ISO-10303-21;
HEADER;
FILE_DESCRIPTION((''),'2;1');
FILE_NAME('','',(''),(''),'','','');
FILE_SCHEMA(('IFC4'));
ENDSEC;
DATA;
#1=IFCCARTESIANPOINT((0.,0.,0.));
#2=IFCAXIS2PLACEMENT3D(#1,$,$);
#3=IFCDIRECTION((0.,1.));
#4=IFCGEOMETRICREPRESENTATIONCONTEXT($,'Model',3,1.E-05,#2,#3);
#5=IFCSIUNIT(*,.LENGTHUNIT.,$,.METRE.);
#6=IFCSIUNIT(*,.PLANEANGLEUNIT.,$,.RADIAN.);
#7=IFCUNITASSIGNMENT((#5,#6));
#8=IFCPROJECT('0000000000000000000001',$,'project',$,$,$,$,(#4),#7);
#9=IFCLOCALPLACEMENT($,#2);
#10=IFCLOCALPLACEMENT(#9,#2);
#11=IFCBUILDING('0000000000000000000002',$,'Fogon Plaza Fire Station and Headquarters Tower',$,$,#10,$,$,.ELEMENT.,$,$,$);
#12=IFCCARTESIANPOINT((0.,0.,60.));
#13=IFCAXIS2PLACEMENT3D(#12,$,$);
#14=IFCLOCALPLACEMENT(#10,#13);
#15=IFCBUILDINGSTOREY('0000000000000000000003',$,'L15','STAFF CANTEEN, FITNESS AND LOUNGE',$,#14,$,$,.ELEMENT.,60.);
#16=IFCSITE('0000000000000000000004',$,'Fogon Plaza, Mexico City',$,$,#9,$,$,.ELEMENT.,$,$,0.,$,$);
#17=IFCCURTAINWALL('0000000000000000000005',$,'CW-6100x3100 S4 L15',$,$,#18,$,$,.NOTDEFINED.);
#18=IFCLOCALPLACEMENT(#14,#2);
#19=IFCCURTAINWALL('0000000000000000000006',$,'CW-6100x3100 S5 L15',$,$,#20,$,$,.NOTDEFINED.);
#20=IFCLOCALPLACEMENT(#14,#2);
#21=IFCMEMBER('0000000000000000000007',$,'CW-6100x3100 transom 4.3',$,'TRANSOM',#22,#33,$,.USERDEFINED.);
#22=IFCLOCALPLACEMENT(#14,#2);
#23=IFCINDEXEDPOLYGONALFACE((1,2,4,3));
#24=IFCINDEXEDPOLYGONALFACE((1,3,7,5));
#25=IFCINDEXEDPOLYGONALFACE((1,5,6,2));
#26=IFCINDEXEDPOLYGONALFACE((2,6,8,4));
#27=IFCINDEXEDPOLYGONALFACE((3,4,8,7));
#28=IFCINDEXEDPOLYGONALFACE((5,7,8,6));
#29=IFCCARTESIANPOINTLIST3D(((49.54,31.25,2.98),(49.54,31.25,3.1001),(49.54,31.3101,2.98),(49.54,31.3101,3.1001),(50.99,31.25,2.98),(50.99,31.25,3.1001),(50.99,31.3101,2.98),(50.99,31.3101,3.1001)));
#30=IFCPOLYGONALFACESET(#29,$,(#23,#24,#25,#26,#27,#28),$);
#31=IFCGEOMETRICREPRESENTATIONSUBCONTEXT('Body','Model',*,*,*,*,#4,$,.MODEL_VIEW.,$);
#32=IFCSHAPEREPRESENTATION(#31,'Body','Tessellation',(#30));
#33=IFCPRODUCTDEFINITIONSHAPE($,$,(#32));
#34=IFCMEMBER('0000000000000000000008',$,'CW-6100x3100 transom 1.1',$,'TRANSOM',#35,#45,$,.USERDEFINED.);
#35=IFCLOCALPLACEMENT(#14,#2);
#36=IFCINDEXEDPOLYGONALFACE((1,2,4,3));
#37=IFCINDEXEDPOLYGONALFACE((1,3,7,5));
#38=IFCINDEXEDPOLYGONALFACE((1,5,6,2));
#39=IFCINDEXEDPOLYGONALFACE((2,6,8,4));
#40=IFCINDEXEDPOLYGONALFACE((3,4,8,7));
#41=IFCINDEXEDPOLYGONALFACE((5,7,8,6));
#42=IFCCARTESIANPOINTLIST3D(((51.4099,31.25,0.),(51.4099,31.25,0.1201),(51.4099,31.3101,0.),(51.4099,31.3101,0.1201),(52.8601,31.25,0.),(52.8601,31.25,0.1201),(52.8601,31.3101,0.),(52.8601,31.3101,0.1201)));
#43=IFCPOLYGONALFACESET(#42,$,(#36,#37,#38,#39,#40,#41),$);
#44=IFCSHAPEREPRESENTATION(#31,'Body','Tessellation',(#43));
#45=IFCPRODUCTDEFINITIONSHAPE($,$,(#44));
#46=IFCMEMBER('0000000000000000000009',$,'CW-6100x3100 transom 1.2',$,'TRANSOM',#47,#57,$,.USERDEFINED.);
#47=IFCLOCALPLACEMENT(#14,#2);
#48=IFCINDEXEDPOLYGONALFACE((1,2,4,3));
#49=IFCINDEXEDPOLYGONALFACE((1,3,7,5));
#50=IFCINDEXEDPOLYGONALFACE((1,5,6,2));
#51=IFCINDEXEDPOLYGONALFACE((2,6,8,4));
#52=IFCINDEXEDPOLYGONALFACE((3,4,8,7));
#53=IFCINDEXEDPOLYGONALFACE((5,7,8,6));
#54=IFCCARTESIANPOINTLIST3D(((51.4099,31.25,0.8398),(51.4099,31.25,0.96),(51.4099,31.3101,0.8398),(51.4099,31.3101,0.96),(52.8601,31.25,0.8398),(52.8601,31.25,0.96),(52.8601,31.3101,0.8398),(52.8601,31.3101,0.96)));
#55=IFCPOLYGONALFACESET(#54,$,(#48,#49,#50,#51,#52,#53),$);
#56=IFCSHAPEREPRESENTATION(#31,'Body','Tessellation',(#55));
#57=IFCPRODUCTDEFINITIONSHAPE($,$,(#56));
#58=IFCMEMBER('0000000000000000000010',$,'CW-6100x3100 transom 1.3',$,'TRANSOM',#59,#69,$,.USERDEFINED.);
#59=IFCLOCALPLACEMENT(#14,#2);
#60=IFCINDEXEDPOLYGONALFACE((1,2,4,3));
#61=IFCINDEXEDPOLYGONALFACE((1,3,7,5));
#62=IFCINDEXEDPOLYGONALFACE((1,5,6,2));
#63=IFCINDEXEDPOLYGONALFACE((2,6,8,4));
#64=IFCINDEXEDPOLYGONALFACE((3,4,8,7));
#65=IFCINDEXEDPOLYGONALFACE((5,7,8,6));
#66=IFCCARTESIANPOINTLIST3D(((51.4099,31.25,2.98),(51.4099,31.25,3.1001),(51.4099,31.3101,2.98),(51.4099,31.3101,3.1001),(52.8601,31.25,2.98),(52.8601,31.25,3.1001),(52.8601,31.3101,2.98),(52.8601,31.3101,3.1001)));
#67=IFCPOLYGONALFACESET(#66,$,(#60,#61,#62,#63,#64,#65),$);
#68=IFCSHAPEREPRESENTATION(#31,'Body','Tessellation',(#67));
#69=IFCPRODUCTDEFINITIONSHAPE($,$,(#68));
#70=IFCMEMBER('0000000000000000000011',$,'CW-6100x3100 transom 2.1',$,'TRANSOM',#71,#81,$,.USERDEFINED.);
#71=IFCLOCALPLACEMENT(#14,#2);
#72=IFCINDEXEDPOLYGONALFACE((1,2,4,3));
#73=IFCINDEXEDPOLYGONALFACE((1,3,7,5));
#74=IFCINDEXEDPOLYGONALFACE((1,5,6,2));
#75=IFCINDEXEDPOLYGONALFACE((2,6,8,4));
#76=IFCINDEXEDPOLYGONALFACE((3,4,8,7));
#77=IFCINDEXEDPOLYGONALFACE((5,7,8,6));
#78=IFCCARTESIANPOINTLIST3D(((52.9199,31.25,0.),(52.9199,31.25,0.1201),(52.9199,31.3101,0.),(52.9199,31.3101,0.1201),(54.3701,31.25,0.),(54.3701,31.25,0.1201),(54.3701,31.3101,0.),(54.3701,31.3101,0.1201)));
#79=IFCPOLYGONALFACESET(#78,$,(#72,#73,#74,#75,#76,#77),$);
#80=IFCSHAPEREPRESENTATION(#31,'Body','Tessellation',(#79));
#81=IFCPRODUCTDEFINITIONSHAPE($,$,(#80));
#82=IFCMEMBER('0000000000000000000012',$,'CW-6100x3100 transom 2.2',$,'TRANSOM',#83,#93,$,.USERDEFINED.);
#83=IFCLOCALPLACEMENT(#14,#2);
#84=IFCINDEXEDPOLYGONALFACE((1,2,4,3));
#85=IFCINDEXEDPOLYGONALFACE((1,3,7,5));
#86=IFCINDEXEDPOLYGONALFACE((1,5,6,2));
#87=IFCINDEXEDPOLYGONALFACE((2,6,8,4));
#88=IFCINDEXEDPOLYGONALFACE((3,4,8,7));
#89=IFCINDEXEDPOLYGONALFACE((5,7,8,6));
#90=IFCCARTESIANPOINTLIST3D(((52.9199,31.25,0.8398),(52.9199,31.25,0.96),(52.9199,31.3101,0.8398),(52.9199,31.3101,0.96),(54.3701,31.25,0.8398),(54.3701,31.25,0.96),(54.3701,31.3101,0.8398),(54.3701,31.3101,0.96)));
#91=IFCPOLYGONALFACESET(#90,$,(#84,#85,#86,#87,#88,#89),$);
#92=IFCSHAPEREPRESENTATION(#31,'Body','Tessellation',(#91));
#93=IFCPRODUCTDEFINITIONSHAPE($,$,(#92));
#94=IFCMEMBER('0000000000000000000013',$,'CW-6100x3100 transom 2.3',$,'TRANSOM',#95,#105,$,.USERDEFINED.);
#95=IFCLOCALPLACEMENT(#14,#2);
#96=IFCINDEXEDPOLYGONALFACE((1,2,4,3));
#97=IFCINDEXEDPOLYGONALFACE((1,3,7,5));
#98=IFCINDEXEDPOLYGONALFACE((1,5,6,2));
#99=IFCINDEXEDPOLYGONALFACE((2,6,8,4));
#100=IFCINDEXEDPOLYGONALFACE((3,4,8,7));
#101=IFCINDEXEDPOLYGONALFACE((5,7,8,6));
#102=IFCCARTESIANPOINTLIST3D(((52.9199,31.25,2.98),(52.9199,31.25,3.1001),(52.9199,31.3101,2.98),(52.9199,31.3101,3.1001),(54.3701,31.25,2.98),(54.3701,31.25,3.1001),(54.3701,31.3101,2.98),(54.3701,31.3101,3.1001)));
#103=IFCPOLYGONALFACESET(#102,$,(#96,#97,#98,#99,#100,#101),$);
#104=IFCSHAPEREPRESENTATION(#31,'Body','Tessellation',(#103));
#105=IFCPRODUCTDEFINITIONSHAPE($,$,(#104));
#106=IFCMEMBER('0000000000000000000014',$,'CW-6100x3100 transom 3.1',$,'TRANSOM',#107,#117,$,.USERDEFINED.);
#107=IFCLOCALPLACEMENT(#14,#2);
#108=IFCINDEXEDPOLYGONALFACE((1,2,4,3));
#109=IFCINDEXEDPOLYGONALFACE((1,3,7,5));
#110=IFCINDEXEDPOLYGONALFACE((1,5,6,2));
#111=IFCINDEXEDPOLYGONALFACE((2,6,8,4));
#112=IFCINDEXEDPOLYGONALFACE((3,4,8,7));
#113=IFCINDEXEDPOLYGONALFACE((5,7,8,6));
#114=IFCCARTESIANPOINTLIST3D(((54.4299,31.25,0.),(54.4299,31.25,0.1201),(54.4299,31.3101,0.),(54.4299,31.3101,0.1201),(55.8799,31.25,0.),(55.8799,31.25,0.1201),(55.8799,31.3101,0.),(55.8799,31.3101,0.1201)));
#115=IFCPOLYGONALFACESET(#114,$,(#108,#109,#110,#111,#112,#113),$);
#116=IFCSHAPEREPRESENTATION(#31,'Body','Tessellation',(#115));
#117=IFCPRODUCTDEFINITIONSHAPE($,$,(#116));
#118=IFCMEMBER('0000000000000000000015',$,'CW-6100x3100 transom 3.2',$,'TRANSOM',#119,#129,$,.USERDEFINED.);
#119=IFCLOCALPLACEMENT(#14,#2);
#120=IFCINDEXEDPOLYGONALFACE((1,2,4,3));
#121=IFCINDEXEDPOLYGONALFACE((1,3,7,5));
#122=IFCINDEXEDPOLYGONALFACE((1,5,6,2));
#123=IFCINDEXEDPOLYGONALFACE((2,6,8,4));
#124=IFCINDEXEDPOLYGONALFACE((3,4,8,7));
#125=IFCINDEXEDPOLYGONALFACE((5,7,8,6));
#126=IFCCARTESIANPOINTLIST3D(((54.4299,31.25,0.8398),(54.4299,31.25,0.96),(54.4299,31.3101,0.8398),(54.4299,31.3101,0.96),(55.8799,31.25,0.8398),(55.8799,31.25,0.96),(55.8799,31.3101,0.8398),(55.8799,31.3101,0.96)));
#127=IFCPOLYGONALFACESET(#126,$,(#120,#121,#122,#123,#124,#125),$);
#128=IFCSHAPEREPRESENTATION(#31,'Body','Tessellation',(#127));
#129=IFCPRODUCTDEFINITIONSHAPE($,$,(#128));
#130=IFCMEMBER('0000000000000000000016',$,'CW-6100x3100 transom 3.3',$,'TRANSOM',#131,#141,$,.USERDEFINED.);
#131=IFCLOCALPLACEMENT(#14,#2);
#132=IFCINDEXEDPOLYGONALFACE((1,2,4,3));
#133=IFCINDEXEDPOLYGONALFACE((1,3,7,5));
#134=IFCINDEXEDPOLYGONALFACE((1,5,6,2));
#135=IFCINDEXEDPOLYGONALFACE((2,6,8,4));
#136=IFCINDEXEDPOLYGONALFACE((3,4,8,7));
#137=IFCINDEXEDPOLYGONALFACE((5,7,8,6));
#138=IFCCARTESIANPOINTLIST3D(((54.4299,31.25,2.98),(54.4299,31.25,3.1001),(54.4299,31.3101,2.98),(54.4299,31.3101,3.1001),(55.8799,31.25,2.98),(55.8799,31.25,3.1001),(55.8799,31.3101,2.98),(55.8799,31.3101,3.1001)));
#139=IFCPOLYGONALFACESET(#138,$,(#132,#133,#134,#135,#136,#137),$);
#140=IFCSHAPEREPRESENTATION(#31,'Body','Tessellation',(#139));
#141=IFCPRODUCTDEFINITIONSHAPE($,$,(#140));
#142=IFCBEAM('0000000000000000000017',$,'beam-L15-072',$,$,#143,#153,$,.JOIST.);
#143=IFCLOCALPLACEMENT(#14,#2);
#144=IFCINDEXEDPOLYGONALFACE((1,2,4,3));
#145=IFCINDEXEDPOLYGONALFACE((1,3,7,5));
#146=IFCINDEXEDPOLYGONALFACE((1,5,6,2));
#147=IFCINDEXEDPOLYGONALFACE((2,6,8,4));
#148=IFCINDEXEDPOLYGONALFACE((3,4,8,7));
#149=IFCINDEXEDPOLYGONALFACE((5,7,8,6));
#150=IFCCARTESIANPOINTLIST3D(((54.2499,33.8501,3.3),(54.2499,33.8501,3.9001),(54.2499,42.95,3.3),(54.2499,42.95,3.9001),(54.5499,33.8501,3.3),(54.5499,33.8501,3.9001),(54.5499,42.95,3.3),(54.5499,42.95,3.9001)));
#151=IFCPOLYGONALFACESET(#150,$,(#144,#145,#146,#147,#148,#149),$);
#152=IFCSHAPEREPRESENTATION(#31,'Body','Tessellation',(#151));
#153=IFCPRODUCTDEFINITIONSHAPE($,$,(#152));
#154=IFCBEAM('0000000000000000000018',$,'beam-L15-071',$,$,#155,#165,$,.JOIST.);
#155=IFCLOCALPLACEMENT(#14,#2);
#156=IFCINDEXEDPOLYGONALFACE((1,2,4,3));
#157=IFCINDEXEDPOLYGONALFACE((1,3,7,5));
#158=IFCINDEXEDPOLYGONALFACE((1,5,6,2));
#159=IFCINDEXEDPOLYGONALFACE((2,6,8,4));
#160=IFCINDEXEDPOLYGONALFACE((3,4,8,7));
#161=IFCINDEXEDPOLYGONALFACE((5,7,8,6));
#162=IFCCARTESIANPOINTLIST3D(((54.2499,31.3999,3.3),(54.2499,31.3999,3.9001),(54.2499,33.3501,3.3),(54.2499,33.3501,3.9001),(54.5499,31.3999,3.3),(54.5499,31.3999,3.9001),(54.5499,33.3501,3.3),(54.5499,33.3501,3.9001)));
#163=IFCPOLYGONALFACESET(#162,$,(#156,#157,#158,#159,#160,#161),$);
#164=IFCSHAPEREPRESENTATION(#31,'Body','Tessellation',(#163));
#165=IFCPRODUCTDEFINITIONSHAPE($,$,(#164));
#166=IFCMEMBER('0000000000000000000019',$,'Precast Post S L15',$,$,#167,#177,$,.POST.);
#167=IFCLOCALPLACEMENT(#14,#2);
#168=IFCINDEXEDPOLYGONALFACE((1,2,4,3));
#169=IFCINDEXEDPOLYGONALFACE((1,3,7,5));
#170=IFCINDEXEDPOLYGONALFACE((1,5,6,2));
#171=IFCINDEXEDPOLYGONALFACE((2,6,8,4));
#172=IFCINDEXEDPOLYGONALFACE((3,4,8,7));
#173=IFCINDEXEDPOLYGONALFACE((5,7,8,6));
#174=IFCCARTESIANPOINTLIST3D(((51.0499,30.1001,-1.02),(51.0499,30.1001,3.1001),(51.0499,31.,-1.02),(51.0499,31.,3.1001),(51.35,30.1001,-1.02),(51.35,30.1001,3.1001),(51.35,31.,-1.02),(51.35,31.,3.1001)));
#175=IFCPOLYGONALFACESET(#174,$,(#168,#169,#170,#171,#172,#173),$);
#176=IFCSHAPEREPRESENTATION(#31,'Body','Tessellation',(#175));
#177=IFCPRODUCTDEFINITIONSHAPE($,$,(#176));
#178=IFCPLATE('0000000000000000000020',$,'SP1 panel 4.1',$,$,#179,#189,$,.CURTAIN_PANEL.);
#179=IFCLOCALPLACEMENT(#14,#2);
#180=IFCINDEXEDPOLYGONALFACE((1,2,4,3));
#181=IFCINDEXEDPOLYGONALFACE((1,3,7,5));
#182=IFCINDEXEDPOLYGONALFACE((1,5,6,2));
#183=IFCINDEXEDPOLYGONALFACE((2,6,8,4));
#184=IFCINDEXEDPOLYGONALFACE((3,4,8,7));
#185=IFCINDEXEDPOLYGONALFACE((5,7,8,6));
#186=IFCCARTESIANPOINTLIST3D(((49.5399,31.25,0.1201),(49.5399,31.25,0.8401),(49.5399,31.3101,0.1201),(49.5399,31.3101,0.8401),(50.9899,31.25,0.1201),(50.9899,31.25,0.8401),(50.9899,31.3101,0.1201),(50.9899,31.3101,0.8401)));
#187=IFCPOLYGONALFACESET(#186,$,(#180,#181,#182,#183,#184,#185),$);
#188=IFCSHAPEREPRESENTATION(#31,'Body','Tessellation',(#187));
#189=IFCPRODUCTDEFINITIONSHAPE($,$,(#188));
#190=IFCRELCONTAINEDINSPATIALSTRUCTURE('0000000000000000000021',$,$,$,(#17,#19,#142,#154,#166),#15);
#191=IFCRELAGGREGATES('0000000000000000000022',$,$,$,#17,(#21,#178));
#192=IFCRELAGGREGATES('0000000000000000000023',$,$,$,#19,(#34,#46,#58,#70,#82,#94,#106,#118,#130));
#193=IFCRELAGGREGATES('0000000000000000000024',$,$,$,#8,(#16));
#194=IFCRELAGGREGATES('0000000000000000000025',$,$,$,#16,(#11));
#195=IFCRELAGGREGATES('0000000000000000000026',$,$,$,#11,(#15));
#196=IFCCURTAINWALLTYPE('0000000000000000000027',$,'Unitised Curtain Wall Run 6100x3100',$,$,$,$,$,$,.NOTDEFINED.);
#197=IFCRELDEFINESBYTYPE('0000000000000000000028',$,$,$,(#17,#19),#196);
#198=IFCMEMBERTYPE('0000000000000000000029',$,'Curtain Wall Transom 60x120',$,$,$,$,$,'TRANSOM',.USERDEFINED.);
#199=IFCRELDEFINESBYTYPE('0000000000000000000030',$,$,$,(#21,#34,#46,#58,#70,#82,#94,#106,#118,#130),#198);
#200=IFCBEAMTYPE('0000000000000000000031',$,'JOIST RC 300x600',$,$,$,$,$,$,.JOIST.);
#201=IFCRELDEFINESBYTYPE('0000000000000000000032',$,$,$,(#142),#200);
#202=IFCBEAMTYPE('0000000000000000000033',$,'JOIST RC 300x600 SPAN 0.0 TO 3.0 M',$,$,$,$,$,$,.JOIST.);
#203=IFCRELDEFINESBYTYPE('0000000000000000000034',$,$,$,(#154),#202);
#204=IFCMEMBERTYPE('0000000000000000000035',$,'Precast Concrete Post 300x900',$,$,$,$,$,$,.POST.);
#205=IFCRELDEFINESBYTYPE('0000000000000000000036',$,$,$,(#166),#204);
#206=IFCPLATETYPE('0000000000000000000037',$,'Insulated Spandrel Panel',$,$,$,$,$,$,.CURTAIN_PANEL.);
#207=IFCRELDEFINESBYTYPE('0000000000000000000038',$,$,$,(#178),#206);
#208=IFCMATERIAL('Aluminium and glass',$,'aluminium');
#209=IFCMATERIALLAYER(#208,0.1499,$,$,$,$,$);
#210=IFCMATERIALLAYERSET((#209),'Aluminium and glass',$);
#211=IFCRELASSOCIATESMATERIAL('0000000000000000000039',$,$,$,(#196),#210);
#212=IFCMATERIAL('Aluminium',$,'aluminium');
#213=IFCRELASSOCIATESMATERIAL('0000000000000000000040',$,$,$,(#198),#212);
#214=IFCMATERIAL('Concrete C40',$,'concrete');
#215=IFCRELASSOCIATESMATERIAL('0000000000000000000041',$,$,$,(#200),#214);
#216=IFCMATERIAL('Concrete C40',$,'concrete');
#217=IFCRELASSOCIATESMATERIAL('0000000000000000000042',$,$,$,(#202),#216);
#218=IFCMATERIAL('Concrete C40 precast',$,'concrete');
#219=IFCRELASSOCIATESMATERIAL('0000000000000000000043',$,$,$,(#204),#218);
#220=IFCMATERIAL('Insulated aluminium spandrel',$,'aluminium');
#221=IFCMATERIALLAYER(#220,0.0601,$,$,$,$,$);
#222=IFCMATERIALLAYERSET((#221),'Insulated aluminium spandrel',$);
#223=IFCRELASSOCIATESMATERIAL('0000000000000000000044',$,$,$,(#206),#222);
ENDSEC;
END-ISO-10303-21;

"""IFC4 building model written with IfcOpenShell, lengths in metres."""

from ifc_helpers import new_model, si_unit, direction, frame, origin, origin_2d, place, context, subcontext, project, spatial, rectangle, extrude, material, layer, layer_set, material_profile, profile_set, type_object, element, aggregate, save


model = new_model("IFC4")

# Units and contexts
model_context = context("Model", 3, precision=1e-05, world=origin(), true_north=direction((0.0, 1.0)))
body_context = subcontext(model_context, "Body", "Model", "MODEL_VIEW")
ifc_project = project(units=[si_unit("LENGTHUNIT", "METRE"), si_unit("PLANEANGLEUNIT", "RADIAN")], contexts=[model_context])

# Site, building, storey
site_placement = place(None, origin())
site = spatial("IfcSite", under=ifc_project, at=site_placement, Name="Fogon Plaza, Mexico City", CompositionType="ELEMENT", RefElevation=0.0)
building_placement = place(site_placement, origin())
building = spatial("IfcBuilding", under=site, at=building_placement, Name="Fogon Plaza Fire Station and Headquarters Tower", CompositionType="ELEMENT")
storey_placement = place(building_placement, frame((0.0, 0.0, 60.0)))
storey = spatial("IfcBuildingStorey", under=building, at=storey_placement, Name="L15", Description="STAFF CANTEEN, FITNESS AND LOUNGE", CompositionType="ELEMENT", Elevation=60.0)

# Curtain walls
ifc_material_1 = material(Name="Aluminium and glass", Category="aluminium")
ifc_layer_1 = layer(ifc_material_1, 0.1499)
ifc_layer_set_1 = layer_set([ifc_layer_1], Name="Aluminium and glass")
curtain_wall_type = type_object("IfcCurtainWallType", Name="Unitised Curtain Wall Run 6100x3100", PredefinedType="NOTDEFINED", material=ifc_layer_set_1)
curtain_wall_1_placement = place(storey_placement, origin())
curtain_wall_1 = element("IfcCurtainWall", 1, at=curtain_wall_1_placement, inside=storey, type_object=curtain_wall_type, Name="CW-6100x3100 S4 L15", PredefinedType="NOTDEFINED")
curtain_wall_2_placement = place(storey_placement, origin())
curtain_wall_2 = element("IfcCurtainWall", 2, at=curtain_wall_2_placement, inside=storey, type_object=curtain_wall_type, Name="CW-6100x3100 S5 L15", PredefinedType="NOTDEFINED")

# Members
ifc_material_2 = material(Name="Aluminium", Category="aluminium")
ifc_material_profile_1 = material_profile(ifc_material_2, rectangle(XDim=0.0601, YDim=0.1201, at=origin_2d()), Name="Curtain Wall Transom 60x120")
ifc_profile_set_1 = profile_set([ifc_material_profile_1], Name="Aluminium")
member_type_1 = type_object("IfcMemberType", Name="Curtain Wall Transom 60x120", ElementType="TRANSOM", PredefinedType="USERDEFINED", material=ifc_profile_set_1)
member_1_placement = place(storey_placement, frame((49.54, 31.28, 3.04), z_axis=(1.0, 0.0, 0.0), x_axis=(0.0, 1.0, 0.0)))
member_1 = element("IfcMember", 3, at=member_1_placement, type_object=member_type_1, Name="CW-6100x3100 transom 4.3", ObjectType="TRANSOM", PredefinedType="USERDEFINED", context=body_context, shape_type="SweptSolid", body=[
    extrude(rectangle(XDim=0.0601, YDim=0.1201, at=origin_2d()), origin(), (0.0, 0.0, 1.0), 1.45),
])
member_2_placement = place(storey_placement, frame((51.4099, 31.28, 0.0601), z_axis=(1.0, 0.0, 0.0), x_axis=(0.0, 1.0, 0.0)))
member_2 = element("IfcMember", 4, at=member_2_placement, type_object=member_type_1, Name="CW-6100x3100 transom 1.1", ObjectType="TRANSOM", PredefinedType="USERDEFINED", context=body_context, shape_type="SweptSolid", body=[
    extrude(rectangle(XDim=0.0601, YDim=0.1201, at=origin_2d()), origin(), (0.0, 0.0, 1.0), 1.4502),
])
member_3_placement = place(storey_placement, frame((51.4099, 31.28, 0.8999), z_axis=(1.0, 0.0, 0.0), x_axis=(0.0, 1.0, 0.0)))
member_3 = element("IfcMember", 5, at=member_3_placement, type_object=member_type_1, Name="CW-6100x3100 transom 1.2", ObjectType="TRANSOM", PredefinedType="USERDEFINED", context=body_context, shape_type="SweptSolid", body=[
    extrude(rectangle(XDim=0.0601, YDim=0.1201, at=origin_2d()), origin(), (0.0, 0.0, 1.0), 1.4502),
])
member_4_placement = place(storey_placement, frame((51.4099, 31.28, 3.04), z_axis=(1.0, 0.0, 0.0), x_axis=(0.0, 1.0, 0.0)))
member_4 = element("IfcMember", 6, at=member_4_placement, type_object=member_type_1, Name="CW-6100x3100 transom 1.3", ObjectType="TRANSOM", PredefinedType="USERDEFINED", context=body_context, shape_type="SweptSolid", body=[
    extrude(rectangle(XDim=0.0601, YDim=0.1201, at=origin_2d()), origin(), (0.0, 0.0, 1.0), 1.4502),
])
member_5_placement = place(storey_placement, frame((52.9199, 31.28, 0.0601), z_axis=(1.0, 0.0, 0.0), x_axis=(0.0, 1.0, 0.0)))
member_5 = element("IfcMember", 7, at=member_5_placement, type_object=member_type_1, Name="CW-6100x3100 transom 2.1", ObjectType="TRANSOM", PredefinedType="USERDEFINED", context=body_context, shape_type="SweptSolid", body=[
    extrude(rectangle(XDim=0.0601, YDim=0.1201, at=origin_2d()), origin(), (0.0, 0.0, 1.0), 1.4502),
])
member_6_placement = place(storey_placement, frame((52.9199, 31.28, 0.8999), z_axis=(1.0, 0.0, 0.0), x_axis=(0.0, 1.0, 0.0)))
member_6 = element("IfcMember", 8, at=member_6_placement, type_object=member_type_1, Name="CW-6100x3100 transom 2.2", ObjectType="TRANSOM", PredefinedType="USERDEFINED", context=body_context, shape_type="SweptSolid", body=[
    extrude(rectangle(XDim=0.0601, YDim=0.1201, at=origin_2d()), origin(), (0.0, 0.0, 1.0), 1.4502),
])
member_7_placement = place(storey_placement, frame((52.9199, 31.28, 3.04), z_axis=(1.0, 0.0, 0.0), x_axis=(0.0, 1.0, 0.0)))
member_7 = element("IfcMember", 9, at=member_7_placement, type_object=member_type_1, Name="CW-6100x3100 transom 2.3", ObjectType="TRANSOM", PredefinedType="USERDEFINED", context=body_context, shape_type="SweptSolid", body=[
    extrude(rectangle(XDim=0.0601, YDim=0.1201, at=origin_2d()), origin(), (0.0, 0.0, 1.0), 1.4502),
])
member_8_placement = place(storey_placement, frame((54.4299, 31.28, 0.0601), z_axis=(1.0, 0.0, 0.0), x_axis=(0.0, 1.0, 0.0)))
member_8 = element("IfcMember", 10, at=member_8_placement, type_object=member_type_1, Name="CW-6100x3100 transom 3.1", ObjectType="TRANSOM", PredefinedType="USERDEFINED", context=body_context, shape_type="SweptSolid", body=[
    extrude(rectangle(XDim=0.0601, YDim=0.1201, at=origin_2d()), origin(), (0.0, 0.0, 1.0), 1.45),
])
member_9_placement = place(storey_placement, frame((54.4299, 31.28, 0.8999), z_axis=(1.0, 0.0, 0.0), x_axis=(0.0, 1.0, 0.0)))
member_9 = element("IfcMember", 11, at=member_9_placement, type_object=member_type_1, Name="CW-6100x3100 transom 3.2", ObjectType="TRANSOM", PredefinedType="USERDEFINED", context=body_context, shape_type="SweptSolid", body=[
    extrude(rectangle(XDim=0.0601, YDim=0.1201, at=origin_2d()), origin(), (0.0, 0.0, 1.0), 1.45),
])
member_10_placement = place(storey_placement, frame((54.4299, 31.28, 3.04), z_axis=(1.0, 0.0, 0.0), x_axis=(0.0, 1.0, 0.0)))
member_10 = element("IfcMember", 12, at=member_10_placement, type_object=member_type_1, Name="CW-6100x3100 transom 3.3", ObjectType="TRANSOM", PredefinedType="USERDEFINED", context=body_context, shape_type="SweptSolid", body=[
    extrude(rectangle(XDim=0.0601, YDim=0.1201, at=origin_2d()), origin(), (0.0, 0.0, 1.0), 1.45),
])

# Beams
ifc_material_3 = material(Name="Concrete C40", Category="concrete")
ifc_material_profile_2 = material_profile(ifc_material_3, rectangle(XDim=0.3, YDim=0.6001, at=origin_2d()), Name="RC 300x600")
ifc_profile_set_2 = profile_set([ifc_material_profile_2], Name="Concrete C40")
beam_type_1 = type_object("IfcBeamType", Name="JOIST RC 300x600", PredefinedType="JOIST", material=ifc_profile_set_2)
beam_1_placement = place(storey_placement, frame((54.3999, 33.8501, 3.6001), z_axis=(0.0, 1.0, 0.0), x_axis=(-1.0, 0.0, 0.0)))
element("IfcBeam", 13, at=beam_1_placement, inside=storey, type_object=beam_type_1, Name="beam-L15-072", PredefinedType="JOIST", context=body_context, shape_type="SweptSolid", body=[
    extrude(rectangle(XDim=0.3, YDim=0.6001, at=origin_2d()), origin(), (0.0, 0.0, 1.0), 9.0999),
])
ifc_material_4 = material(Name="Concrete C40", Category="concrete")
ifc_material_profile_3 = material_profile(ifc_material_4, rectangle(XDim=0.3, YDim=0.6001, at=origin_2d()), Name="RC 300x600")
ifc_profile_set_3 = profile_set([ifc_material_profile_3], Name="Concrete C40")
beam_type_2 = type_object("IfcBeamType", Name="JOIST RC 300x600 SPAN 0.0 TO 3.0 M", PredefinedType="JOIST", material=ifc_profile_set_3)
beam_2_placement = place(storey_placement, frame((54.3999, 31.3999, 3.6001), z_axis=(0.0, 1.0, 0.0), x_axis=(-1.0, 0.0, 0.0)))
element("IfcBeam", 14, at=beam_2_placement, inside=storey, type_object=beam_type_2, Name="beam-L15-071", PredefinedType="JOIST", context=body_context, shape_type="SweptSolid", body=[
    extrude(rectangle(XDim=0.3, YDim=0.6001, at=origin_2d()), origin(), (0.0, 0.0, 1.0), 1.9502),
])

# Member
ifc_material_5 = material(Name="Concrete C40 precast", Category="concrete")
ifc_material_profile_4 = material_profile(ifc_material_5, rectangle(XDim=0.3, YDim=0.8999, at=origin_2d()), Name="Precast Concrete Post 300x900")
ifc_profile_set_4 = profile_set([ifc_material_profile_4], Name="Concrete C40 precast")
member_type_2 = type_object("IfcMemberType", Name="Precast Concrete Post 300x900", PredefinedType="POST", material=ifc_profile_set_4)
member_11_placement = place(storey_placement, frame((51.2, 30.55, -1.02), z_axis=(0.0, 0.0, 1.0), x_axis=(1.0, 0.0, 0.0)))
element("IfcMember", 15, at=member_11_placement, inside=storey, type_object=member_type_2, Name="Precast Post S L15", PredefinedType="POST", context=body_context, shape_type="SweptSolid", body=[
    extrude(rectangle(XDim=0.3, YDim=0.8999, at=origin_2d()), origin(), (0.0, 0.0, 1.0), 4.1201),
])

# Plate
ifc_material_6 = material(Name="Insulated aluminium spandrel", Category="aluminium")
ifc_layer_2 = layer(ifc_material_6, 0.0601)
ifc_layer_set_2 = layer_set([ifc_layer_2], Name="Insulated aluminium spandrel")
plate_type_1 = type_object("IfcPlateType", Name="Insulated Spandrel Panel", PredefinedType="CURTAIN_PANEL", material=ifc_layer_set_2)
plate_1_placement = place(storey_placement, frame((50.2649, 31.28, 0.1201), z_axis=(0.0, 0.0, 1.0), x_axis=(1.0, 0.0, 0.0)))
plate_1 = element("IfcPlate", 16, at=plate_1_placement, type_object=plate_type_1, Name="SP1 panel 4.1", PredefinedType="CURTAIN_PANEL", context=body_context, shape_type="SweptSolid", body=[
    extrude(rectangle(XDim=1.45, YDim=0.0601, at=origin_2d()), origin(), (0.0, 0.0, 1.0), 0.72),
])
aggregate(curtain_wall_1, [member_1, plate_1])
aggregate(curtain_wall_2, [member_2, member_3, member_4, member_5, member_6, member_7, member_8, member_9, member_10])

save(model, "model.ifc")
